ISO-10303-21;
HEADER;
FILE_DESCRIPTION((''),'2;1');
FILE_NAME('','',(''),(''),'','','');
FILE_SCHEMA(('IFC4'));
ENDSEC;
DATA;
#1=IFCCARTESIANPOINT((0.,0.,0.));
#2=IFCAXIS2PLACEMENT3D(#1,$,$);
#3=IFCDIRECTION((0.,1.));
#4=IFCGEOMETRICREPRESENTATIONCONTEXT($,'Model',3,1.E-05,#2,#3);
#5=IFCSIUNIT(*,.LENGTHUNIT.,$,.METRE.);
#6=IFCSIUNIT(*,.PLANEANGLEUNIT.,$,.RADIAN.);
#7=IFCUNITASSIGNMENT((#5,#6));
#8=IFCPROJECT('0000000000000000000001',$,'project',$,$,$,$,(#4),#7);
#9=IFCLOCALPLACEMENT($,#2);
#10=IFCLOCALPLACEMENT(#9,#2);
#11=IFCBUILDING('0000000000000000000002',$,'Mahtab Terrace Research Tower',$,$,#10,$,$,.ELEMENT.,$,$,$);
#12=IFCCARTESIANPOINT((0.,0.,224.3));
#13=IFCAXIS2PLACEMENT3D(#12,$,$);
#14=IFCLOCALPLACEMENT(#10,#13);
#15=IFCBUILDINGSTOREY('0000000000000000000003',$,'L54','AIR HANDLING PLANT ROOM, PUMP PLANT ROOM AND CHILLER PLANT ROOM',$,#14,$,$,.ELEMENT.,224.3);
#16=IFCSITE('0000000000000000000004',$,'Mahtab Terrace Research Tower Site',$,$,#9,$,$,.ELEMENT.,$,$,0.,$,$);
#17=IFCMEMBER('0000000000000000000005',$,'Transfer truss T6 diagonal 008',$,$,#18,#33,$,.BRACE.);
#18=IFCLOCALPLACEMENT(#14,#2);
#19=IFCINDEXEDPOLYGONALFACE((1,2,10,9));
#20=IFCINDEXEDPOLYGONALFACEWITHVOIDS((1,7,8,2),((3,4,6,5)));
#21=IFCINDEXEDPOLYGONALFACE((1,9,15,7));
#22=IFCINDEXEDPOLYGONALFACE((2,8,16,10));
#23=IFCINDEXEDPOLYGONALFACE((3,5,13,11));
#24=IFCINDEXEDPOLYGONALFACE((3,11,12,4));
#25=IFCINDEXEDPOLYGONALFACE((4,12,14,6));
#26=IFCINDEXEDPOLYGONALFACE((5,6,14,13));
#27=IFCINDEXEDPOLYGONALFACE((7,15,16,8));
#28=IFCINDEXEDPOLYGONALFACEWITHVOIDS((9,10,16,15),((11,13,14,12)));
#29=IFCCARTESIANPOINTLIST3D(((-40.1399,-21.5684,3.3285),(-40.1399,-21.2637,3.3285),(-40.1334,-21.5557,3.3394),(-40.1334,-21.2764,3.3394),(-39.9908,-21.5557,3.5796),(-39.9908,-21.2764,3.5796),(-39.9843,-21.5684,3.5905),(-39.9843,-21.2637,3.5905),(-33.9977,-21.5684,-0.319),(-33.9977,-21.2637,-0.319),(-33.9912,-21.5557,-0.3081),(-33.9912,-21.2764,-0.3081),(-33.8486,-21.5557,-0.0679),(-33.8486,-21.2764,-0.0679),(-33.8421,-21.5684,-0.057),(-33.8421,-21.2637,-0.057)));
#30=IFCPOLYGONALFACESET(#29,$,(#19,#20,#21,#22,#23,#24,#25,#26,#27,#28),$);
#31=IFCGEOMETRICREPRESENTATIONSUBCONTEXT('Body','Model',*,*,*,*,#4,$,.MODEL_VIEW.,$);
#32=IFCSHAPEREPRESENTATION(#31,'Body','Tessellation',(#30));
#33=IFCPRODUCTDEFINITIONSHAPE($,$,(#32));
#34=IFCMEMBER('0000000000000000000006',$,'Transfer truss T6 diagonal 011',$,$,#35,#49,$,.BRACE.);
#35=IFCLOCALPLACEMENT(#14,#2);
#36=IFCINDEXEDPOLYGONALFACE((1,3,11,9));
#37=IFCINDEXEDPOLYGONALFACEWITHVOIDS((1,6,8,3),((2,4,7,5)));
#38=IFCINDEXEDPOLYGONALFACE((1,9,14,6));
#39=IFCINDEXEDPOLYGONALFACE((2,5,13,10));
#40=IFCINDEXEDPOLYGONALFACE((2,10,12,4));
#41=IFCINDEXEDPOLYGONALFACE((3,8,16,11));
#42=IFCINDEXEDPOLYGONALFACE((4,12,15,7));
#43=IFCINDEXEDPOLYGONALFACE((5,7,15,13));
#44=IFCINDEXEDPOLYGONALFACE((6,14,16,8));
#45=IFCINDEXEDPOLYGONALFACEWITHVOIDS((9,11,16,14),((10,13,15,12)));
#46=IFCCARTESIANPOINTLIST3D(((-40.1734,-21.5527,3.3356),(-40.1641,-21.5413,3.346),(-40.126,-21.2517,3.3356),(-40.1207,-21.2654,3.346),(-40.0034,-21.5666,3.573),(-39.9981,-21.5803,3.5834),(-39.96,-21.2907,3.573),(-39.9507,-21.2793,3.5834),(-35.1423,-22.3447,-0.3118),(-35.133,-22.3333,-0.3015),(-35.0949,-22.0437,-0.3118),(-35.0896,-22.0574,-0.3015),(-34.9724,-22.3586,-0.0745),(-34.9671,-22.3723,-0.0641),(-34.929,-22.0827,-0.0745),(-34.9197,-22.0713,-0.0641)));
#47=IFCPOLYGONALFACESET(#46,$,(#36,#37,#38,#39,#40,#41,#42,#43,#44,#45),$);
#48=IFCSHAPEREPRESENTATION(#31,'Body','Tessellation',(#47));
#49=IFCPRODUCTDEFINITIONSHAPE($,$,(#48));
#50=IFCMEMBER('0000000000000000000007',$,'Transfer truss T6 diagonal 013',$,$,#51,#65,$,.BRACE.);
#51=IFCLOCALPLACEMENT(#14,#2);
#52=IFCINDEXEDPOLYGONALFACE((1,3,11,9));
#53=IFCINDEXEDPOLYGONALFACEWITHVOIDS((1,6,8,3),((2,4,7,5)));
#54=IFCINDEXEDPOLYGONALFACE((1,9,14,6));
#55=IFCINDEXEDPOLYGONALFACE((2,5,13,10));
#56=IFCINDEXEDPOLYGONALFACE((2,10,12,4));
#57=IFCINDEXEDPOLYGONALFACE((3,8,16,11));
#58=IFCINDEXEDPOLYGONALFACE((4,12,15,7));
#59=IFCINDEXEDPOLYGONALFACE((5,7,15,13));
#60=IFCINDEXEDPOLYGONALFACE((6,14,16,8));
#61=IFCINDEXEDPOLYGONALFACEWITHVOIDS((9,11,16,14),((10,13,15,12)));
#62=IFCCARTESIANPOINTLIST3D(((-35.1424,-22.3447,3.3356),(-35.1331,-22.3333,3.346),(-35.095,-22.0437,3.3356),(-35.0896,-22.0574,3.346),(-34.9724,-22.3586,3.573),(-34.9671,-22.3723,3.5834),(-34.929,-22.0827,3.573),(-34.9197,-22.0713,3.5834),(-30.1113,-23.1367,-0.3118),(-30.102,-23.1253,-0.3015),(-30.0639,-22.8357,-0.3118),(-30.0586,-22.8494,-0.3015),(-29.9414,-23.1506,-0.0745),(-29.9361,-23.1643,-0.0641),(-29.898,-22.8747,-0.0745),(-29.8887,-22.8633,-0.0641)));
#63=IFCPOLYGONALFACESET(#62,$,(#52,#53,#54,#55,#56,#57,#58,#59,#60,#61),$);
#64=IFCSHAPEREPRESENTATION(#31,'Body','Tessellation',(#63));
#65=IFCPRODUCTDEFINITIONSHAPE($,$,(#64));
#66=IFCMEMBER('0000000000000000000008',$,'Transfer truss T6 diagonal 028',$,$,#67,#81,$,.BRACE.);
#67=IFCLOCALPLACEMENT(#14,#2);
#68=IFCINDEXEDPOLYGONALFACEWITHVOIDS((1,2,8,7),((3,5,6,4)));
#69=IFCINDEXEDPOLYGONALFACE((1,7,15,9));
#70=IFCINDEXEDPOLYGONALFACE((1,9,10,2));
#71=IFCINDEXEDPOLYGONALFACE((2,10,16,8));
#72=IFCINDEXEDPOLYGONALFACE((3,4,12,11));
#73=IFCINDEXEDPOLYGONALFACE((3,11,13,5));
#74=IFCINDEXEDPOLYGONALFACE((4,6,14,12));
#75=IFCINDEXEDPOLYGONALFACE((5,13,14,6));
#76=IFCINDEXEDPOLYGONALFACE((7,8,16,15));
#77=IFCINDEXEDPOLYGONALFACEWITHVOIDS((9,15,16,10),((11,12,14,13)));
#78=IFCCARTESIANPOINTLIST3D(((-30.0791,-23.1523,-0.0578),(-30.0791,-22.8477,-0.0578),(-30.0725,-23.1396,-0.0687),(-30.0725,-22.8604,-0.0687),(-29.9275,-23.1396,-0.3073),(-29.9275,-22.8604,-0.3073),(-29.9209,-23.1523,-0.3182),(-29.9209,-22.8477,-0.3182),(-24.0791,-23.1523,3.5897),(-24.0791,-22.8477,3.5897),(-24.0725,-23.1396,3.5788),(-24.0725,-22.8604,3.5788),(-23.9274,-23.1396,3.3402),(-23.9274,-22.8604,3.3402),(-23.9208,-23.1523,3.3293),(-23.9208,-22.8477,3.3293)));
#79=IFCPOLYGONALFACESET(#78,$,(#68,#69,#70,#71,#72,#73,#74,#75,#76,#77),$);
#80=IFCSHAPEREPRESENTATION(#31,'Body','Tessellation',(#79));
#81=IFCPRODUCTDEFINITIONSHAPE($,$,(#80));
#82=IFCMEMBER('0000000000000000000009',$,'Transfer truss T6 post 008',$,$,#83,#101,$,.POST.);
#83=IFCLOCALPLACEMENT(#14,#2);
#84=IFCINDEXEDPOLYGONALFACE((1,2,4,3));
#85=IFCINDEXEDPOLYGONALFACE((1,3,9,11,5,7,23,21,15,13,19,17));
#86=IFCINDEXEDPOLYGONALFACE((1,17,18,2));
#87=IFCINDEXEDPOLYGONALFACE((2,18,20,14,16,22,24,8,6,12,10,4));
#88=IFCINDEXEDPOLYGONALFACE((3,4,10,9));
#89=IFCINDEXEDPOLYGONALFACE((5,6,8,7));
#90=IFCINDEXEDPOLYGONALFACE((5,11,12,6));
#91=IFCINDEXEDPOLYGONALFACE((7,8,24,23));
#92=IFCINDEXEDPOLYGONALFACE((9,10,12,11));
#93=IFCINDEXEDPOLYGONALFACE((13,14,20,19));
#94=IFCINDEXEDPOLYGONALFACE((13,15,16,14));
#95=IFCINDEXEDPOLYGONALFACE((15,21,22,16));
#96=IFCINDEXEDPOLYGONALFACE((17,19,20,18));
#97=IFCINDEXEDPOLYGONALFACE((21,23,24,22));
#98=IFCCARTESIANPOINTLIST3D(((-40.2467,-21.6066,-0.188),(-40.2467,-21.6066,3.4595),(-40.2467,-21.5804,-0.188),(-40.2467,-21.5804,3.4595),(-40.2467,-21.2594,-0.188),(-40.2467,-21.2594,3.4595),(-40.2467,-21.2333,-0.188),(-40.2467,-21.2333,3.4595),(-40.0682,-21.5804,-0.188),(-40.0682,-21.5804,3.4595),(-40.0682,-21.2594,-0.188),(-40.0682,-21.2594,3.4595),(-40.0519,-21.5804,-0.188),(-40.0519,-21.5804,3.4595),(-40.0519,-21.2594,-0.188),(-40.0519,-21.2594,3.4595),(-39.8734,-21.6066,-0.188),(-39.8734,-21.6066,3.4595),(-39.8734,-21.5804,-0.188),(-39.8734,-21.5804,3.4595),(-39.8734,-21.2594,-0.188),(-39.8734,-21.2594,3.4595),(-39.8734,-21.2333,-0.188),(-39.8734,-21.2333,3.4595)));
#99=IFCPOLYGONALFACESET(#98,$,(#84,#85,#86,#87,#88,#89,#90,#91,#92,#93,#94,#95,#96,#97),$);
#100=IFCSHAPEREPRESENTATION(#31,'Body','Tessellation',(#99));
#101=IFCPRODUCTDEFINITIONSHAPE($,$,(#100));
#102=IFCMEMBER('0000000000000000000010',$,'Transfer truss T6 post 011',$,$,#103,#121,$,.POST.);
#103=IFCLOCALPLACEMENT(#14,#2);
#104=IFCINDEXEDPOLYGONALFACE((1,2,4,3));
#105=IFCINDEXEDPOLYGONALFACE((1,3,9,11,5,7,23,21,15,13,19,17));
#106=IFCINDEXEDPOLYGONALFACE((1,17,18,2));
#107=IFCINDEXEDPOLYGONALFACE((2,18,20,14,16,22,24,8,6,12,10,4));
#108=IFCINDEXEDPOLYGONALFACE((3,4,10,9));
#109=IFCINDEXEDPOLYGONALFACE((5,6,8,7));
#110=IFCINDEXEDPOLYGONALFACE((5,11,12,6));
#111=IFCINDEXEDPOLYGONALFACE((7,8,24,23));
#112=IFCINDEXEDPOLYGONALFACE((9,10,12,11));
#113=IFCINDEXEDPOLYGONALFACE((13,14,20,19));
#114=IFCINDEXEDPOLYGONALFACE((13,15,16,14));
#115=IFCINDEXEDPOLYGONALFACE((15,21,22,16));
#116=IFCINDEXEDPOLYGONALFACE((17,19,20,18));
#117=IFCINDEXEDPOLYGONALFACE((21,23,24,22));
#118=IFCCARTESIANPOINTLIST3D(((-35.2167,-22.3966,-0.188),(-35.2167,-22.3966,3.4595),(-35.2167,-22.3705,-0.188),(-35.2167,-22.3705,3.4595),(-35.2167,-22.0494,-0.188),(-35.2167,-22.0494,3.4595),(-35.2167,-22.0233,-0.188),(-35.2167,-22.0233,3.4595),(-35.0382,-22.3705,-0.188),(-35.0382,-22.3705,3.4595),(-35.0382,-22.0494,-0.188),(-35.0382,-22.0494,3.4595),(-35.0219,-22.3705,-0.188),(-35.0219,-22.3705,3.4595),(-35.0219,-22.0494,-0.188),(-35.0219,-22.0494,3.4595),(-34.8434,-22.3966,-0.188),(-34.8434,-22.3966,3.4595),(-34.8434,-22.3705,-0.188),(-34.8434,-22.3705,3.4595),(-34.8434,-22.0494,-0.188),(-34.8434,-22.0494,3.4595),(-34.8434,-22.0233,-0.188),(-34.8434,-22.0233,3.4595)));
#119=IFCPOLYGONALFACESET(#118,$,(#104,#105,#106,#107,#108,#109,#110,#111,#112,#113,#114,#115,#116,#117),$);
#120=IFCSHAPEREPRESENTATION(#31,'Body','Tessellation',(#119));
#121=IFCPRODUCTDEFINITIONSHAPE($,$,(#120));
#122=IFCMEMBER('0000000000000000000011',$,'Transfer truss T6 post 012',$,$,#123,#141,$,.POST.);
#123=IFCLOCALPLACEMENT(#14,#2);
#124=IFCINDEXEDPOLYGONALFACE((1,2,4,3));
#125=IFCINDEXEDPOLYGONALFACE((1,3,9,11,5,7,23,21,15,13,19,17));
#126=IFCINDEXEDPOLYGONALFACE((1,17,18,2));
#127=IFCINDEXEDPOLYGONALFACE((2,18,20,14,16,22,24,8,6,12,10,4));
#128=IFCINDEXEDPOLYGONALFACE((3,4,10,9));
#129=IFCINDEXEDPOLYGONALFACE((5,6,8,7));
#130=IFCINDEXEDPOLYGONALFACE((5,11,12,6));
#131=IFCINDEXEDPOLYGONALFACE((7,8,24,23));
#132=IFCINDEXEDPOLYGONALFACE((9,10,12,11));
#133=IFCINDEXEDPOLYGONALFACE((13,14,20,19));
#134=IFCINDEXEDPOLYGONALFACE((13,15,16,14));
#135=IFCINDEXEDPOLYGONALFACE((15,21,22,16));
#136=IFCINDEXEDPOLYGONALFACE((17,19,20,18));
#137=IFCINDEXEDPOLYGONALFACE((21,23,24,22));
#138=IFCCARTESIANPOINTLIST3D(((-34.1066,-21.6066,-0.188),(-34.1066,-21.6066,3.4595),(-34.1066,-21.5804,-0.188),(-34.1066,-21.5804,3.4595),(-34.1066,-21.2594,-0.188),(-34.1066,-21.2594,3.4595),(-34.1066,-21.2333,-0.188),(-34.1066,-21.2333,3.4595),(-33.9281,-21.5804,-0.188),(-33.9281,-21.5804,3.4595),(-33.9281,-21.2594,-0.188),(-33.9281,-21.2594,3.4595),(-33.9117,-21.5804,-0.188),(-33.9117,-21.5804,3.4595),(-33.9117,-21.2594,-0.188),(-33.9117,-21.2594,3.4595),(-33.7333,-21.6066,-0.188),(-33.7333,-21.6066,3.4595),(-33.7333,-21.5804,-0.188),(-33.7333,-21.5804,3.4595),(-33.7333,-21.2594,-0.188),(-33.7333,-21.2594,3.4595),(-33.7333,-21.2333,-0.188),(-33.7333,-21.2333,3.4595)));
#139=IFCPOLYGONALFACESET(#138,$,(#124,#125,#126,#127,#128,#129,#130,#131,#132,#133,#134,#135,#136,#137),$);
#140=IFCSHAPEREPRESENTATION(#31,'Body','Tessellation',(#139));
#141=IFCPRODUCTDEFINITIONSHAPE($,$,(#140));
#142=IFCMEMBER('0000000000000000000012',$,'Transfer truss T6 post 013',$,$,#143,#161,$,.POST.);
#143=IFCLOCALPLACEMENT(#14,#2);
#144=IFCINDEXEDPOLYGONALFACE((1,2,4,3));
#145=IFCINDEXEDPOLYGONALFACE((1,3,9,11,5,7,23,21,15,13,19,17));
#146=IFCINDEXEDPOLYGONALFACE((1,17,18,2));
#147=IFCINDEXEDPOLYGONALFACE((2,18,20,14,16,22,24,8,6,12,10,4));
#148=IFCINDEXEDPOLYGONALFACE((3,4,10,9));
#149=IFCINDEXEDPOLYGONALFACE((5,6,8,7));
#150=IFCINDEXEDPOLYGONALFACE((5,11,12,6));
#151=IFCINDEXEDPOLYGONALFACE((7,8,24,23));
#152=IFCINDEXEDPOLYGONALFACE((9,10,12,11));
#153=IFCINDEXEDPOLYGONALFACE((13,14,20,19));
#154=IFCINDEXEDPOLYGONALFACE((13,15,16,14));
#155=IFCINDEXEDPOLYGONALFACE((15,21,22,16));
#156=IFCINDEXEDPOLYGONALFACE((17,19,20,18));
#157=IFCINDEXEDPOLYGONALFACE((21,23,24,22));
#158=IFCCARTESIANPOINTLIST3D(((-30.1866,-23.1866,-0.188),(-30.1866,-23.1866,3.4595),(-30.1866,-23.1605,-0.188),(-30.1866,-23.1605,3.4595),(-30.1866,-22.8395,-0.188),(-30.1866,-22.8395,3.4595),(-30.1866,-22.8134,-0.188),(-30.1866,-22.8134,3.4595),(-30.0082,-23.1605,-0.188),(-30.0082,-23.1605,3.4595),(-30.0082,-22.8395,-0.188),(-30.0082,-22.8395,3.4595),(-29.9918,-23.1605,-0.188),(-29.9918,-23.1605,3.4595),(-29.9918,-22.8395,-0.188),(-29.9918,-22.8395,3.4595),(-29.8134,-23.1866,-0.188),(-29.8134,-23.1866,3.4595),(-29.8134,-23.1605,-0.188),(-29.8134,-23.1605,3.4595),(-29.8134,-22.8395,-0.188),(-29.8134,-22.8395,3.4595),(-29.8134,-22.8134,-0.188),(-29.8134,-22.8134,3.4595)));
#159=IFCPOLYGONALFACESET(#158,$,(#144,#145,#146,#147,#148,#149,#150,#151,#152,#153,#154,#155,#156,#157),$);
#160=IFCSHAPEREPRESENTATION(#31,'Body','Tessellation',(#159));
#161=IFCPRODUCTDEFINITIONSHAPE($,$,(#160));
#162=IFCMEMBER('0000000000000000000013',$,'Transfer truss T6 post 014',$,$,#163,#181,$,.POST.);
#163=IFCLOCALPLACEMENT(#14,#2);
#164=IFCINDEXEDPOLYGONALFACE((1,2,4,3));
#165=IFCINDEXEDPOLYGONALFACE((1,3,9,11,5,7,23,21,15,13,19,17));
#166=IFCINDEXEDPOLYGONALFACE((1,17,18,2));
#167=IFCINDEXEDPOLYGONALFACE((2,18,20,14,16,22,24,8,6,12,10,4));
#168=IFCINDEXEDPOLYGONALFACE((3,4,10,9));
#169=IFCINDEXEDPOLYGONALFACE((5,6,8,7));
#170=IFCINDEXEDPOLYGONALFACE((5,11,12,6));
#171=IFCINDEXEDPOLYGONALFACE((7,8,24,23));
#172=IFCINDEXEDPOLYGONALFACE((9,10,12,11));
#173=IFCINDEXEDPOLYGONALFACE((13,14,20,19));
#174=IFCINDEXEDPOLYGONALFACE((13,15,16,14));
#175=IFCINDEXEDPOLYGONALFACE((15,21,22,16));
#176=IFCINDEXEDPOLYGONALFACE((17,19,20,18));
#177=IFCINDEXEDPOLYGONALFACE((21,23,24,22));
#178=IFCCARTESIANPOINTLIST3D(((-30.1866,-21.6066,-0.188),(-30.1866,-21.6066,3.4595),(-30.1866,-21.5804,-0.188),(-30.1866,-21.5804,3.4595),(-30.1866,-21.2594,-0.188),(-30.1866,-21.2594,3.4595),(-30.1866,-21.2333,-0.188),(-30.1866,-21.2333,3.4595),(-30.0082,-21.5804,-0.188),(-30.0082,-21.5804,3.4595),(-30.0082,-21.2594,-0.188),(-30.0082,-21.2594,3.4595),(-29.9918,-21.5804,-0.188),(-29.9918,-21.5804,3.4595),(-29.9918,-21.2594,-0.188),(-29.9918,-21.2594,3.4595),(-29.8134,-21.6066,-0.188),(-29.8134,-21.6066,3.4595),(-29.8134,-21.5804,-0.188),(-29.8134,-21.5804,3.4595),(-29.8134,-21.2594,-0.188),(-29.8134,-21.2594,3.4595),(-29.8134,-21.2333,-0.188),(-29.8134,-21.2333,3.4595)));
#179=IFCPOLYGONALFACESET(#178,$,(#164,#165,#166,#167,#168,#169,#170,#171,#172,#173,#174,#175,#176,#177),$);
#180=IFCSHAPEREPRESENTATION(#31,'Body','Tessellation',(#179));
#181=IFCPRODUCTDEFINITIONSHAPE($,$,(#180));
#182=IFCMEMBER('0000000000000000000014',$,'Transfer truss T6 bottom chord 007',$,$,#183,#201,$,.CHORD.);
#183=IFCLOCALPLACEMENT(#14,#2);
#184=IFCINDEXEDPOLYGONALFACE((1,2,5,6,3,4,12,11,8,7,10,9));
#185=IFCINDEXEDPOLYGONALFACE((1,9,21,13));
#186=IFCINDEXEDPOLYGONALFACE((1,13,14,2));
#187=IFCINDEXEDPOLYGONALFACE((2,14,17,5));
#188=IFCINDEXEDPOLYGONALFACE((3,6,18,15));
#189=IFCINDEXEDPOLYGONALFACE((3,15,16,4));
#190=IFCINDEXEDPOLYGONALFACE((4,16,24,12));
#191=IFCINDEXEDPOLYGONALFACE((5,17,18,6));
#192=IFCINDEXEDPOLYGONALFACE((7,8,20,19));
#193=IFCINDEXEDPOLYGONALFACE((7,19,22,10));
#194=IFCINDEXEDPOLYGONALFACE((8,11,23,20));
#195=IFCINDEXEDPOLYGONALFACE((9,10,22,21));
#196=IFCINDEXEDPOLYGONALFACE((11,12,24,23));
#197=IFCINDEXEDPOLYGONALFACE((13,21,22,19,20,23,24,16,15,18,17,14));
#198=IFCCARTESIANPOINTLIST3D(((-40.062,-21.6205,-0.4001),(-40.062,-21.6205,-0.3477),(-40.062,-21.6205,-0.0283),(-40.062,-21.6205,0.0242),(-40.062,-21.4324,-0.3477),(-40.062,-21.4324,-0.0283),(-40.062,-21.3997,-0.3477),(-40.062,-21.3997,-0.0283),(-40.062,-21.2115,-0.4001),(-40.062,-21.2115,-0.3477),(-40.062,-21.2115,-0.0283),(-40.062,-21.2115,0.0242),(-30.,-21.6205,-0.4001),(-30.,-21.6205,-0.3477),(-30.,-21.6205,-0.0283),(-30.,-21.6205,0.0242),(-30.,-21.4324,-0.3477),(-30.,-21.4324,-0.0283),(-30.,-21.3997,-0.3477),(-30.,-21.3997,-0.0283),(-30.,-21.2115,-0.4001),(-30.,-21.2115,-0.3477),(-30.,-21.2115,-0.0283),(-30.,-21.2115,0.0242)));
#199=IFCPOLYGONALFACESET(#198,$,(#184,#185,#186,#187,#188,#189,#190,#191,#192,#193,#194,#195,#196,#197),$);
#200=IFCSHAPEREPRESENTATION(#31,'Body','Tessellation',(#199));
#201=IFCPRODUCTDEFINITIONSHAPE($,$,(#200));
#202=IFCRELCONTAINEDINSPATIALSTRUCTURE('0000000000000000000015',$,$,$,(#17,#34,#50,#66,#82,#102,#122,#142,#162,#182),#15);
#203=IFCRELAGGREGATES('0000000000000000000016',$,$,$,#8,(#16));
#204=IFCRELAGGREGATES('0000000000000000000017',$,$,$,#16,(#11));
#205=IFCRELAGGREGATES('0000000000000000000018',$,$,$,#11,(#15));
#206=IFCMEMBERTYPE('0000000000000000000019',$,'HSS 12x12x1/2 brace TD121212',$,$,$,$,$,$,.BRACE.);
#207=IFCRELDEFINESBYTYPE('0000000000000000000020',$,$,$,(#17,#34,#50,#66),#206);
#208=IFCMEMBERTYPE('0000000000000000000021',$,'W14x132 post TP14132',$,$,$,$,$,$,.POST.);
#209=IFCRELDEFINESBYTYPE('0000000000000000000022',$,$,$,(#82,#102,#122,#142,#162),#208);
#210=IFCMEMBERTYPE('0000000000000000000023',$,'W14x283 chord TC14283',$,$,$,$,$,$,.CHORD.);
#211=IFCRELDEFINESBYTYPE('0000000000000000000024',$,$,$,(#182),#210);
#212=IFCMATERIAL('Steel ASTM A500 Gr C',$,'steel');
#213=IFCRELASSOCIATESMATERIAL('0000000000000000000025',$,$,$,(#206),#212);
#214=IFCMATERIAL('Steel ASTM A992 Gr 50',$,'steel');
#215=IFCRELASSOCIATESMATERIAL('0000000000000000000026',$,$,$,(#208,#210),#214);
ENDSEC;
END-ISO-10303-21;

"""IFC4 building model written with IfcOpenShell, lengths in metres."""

from ifc_helpers import new_model, si_unit, direction, frame, origin, origin_2d, place, context, subcontext, project, spatial, hollow_rectangle, i_section, extrude, material, material_profile, profile_set, type_object, element, save


model = new_model("IFC4")

# Units and contexts
model_context = context("Model", 3, precision=1e-05, world=origin(), true_north=direction((0.0, 1.0)))
body_context = subcontext(model_context, "Body", "Model", "MODEL_VIEW")
ifc_project = project(units=[si_unit("LENGTHUNIT", "METRE"), si_unit("PLANEANGLEUNIT", "RADIAN")], contexts=[model_context])

# Site, building, storey
site_placement = place(None, origin())
site = spatial("IfcSite", under=ifc_project, at=site_placement, Name="Mahtab Terrace Research Tower Site", CompositionType="ELEMENT", RefElevation=0.0)
building_placement = place(site_placement, origin())
building = spatial("IfcBuilding", under=site, at=building_placement, Name="Mahtab Terrace Research Tower", CompositionType="ELEMENT")
storey_placement = place(building_placement, frame((0.0, 0.0, 224.3)))
storey = spatial("IfcBuildingStorey", under=building, at=storey_placement, Name="L54", Description="AIR HANDLING PLANT ROOM, PUMP PLANT ROOM AND CHILLER PLANT ROOM", CompositionType="ELEMENT", Elevation=224.3)

# Members
ifc_material_1 = material(Name="Steel ASTM A500 Gr C", Category="steel")
ifc_material_profile_1 = material_profile(ifc_material_1, hollow_rectangle(XDim=0.3047, YDim=0.3047, WallThickness=0.0127, at=origin_2d()), Name="HSS12X12X1/2")
ifc_profile_set_1 = profile_set([ifc_material_profile_1], Name="Steel ASTM A500 Gr C")
member_type_1 = type_object("IfcMemberType", Name="HSS 12x12x1/2 brace TD121212", PredefinedType="BRACE", material=ifc_profile_set_1)
member_1_placement = place(storey_placement, frame((-33.9199, -21.416, -0.188), z_axis=(-0.859818, 0.0, 0.5106), x_axis=(0.0, -1.0, 0.0)))
element("IfcMember", 1, at=member_1_placement, inside=storey, type_object=member_type_1, Name="Transfer truss T6 diagonal 008", PredefinedType="BRACE", context=body_context, shape_type="SweptSolid", body=[
    extrude(hollow_rectangle(XDim=0.3047, YDim=0.3047, WallThickness=0.0127, at=origin_2d()), origin(), (0.0, 0.0, 1.0), 7.1436),
])
for number, where, z_axis, x_axis, name in (
    (2, (-35.031, -22.208, -0.188), (-0.803115, 0.126428, 0.582256), (-0.155507, -0.987835, 0.0), "Transfer truss T6 diagonal 011"),
    (3, (-30.0, -23.0, -0.188), (-0.803115, 0.126428, 0.582256), (-0.155507, -0.987835, 0.0), "Transfer truss T6 diagonal 013"),
):
    element("IfcMember", number, at=place(storey_placement, frame(where, z_axis=z_axis, x_axis=x_axis)), inside=storey, type_object=member_type_1, Name=name, PredefinedType="BRACE", context=body_context, shape_type="SweptSolid", body=[
        extrude(hollow_rectangle(XDim=0.3047, YDim=0.3047, WallThickness=0.0127, at=origin_2d()), origin(), (0.0, 0.0, 1.0), 6.2644),
    ])
member_2_placement = place(storey_placement, frame((-30.0, -23.0, -0.188), z_axis=(0.854497, 0.0, 0.519457), x_axis=(0.0, 1.0, 0.0)))
element("IfcMember", 4, at=member_2_placement, inside=storey, type_object=member_type_1, Name="Transfer truss T6 diagonal 028", PredefinedType="BRACE", context=body_context, shape_type="SweptSolid", body=[
    extrude(hollow_rectangle(XDim=0.3047, YDim=0.3047, WallThickness=0.0127, at=origin_2d()), origin(), (0.0, 0.0, 1.0), 7.0217),
])
ifc_material_2 = material(Name="Steel ASTM A992 Gr 50", Category="steel")
ifc_material_profile_2 = material_profile(ifc_material_2, i_section(OverallWidth=0.3733, OverallDepth=0.3733, WebThickness=0.0164, FlangeThickness=0.0261, at=origin_2d()), Name="W14X132")
ifc_profile_set_2 = profile_set([ifc_material_profile_2], Name="Steel ASTM A992 Gr 50")
member_type_2 = type_object("IfcMemberType", Name="W14x132 post TP14132", PredefinedType="POST", material=ifc_profile_set_2)
for number, where, z_axis, x_axis, name in (
    (5, (-40.0601, -21.4199, -0.188), (0.0, 0.0, 1.0), (1.0, 0.0, 0.0), "Transfer truss T6 post 008"),
    (6, (-35.03, -22.21, -0.188), (0.0, 0.0, 1.0), (1.0, 0.0, 0.0), "Transfer truss T6 post 011"),
    (7, (-33.9199, -21.4199, -0.188), (0.0, 0.0, 1.0), (1.0, 0.0, 0.0), "Transfer truss T6 post 012"),
    (8, (-30.0, -23.0, -0.188), (0.0, 0.0, 1.0), (1.0, 0.0, 0.0), "Transfer truss T6 post 013"),
    (9, (-30.0, -21.4199, -0.188), (0.0, 0.0, 1.0), (1.0, 0.0, 0.0), "Transfer truss T6 post 014"),
):
    element("IfcMember", number, at=place(storey_placement, frame(where, z_axis=z_axis, x_axis=x_axis)), inside=storey, type_object=member_type_2, Name=name, PredefinedType="POST", context=body_context, shape_type="SweptSolid", body=[
        extrude(i_section(OverallWidth=0.3733, OverallDepth=0.3733, WebThickness=0.0164, FlangeThickness=0.0261, at=origin_2d()), origin(), (0.0, 0.0, 1.0), 3.6475),
    ])
ifc_material_profile_3 = material_profile(ifc_material_2, i_section(OverallWidth=0.4089, OverallDepth=0.4243, WebThickness=0.0327, FlangeThickness=0.0525, at=origin_2d()), Name="W14X283")
ifc_profile_set_3 = profile_set([ifc_material_profile_3], Name="Steel ASTM A992 Gr 50")
member_type_3 = type_object("IfcMemberType", Name="W14x283 chord TC14283", PredefinedType="CHORD", material=ifc_profile_set_3)
member_3_placement = place(storey_placement, frame((-40.062, -21.416, -0.188), z_axis=(1.0, 0.0, 0.0), x_axis=(0.0, 1.0, 0.0)))
element("IfcMember", 10, at=member_3_placement, inside=storey, type_object=member_type_3, Name="Transfer truss T6 bottom chord 007", PredefinedType="CHORD", context=body_context, shape_type="SweptSolid", body=[
    extrude(i_section(OverallWidth=0.4089, OverallDepth=0.4243, WebThickness=0.0327, FlangeThickness=0.0525, at=origin_2d()), origin(), (0.0, 0.0, 1.0), 10.062),
])

save(model, "model.ifc")
